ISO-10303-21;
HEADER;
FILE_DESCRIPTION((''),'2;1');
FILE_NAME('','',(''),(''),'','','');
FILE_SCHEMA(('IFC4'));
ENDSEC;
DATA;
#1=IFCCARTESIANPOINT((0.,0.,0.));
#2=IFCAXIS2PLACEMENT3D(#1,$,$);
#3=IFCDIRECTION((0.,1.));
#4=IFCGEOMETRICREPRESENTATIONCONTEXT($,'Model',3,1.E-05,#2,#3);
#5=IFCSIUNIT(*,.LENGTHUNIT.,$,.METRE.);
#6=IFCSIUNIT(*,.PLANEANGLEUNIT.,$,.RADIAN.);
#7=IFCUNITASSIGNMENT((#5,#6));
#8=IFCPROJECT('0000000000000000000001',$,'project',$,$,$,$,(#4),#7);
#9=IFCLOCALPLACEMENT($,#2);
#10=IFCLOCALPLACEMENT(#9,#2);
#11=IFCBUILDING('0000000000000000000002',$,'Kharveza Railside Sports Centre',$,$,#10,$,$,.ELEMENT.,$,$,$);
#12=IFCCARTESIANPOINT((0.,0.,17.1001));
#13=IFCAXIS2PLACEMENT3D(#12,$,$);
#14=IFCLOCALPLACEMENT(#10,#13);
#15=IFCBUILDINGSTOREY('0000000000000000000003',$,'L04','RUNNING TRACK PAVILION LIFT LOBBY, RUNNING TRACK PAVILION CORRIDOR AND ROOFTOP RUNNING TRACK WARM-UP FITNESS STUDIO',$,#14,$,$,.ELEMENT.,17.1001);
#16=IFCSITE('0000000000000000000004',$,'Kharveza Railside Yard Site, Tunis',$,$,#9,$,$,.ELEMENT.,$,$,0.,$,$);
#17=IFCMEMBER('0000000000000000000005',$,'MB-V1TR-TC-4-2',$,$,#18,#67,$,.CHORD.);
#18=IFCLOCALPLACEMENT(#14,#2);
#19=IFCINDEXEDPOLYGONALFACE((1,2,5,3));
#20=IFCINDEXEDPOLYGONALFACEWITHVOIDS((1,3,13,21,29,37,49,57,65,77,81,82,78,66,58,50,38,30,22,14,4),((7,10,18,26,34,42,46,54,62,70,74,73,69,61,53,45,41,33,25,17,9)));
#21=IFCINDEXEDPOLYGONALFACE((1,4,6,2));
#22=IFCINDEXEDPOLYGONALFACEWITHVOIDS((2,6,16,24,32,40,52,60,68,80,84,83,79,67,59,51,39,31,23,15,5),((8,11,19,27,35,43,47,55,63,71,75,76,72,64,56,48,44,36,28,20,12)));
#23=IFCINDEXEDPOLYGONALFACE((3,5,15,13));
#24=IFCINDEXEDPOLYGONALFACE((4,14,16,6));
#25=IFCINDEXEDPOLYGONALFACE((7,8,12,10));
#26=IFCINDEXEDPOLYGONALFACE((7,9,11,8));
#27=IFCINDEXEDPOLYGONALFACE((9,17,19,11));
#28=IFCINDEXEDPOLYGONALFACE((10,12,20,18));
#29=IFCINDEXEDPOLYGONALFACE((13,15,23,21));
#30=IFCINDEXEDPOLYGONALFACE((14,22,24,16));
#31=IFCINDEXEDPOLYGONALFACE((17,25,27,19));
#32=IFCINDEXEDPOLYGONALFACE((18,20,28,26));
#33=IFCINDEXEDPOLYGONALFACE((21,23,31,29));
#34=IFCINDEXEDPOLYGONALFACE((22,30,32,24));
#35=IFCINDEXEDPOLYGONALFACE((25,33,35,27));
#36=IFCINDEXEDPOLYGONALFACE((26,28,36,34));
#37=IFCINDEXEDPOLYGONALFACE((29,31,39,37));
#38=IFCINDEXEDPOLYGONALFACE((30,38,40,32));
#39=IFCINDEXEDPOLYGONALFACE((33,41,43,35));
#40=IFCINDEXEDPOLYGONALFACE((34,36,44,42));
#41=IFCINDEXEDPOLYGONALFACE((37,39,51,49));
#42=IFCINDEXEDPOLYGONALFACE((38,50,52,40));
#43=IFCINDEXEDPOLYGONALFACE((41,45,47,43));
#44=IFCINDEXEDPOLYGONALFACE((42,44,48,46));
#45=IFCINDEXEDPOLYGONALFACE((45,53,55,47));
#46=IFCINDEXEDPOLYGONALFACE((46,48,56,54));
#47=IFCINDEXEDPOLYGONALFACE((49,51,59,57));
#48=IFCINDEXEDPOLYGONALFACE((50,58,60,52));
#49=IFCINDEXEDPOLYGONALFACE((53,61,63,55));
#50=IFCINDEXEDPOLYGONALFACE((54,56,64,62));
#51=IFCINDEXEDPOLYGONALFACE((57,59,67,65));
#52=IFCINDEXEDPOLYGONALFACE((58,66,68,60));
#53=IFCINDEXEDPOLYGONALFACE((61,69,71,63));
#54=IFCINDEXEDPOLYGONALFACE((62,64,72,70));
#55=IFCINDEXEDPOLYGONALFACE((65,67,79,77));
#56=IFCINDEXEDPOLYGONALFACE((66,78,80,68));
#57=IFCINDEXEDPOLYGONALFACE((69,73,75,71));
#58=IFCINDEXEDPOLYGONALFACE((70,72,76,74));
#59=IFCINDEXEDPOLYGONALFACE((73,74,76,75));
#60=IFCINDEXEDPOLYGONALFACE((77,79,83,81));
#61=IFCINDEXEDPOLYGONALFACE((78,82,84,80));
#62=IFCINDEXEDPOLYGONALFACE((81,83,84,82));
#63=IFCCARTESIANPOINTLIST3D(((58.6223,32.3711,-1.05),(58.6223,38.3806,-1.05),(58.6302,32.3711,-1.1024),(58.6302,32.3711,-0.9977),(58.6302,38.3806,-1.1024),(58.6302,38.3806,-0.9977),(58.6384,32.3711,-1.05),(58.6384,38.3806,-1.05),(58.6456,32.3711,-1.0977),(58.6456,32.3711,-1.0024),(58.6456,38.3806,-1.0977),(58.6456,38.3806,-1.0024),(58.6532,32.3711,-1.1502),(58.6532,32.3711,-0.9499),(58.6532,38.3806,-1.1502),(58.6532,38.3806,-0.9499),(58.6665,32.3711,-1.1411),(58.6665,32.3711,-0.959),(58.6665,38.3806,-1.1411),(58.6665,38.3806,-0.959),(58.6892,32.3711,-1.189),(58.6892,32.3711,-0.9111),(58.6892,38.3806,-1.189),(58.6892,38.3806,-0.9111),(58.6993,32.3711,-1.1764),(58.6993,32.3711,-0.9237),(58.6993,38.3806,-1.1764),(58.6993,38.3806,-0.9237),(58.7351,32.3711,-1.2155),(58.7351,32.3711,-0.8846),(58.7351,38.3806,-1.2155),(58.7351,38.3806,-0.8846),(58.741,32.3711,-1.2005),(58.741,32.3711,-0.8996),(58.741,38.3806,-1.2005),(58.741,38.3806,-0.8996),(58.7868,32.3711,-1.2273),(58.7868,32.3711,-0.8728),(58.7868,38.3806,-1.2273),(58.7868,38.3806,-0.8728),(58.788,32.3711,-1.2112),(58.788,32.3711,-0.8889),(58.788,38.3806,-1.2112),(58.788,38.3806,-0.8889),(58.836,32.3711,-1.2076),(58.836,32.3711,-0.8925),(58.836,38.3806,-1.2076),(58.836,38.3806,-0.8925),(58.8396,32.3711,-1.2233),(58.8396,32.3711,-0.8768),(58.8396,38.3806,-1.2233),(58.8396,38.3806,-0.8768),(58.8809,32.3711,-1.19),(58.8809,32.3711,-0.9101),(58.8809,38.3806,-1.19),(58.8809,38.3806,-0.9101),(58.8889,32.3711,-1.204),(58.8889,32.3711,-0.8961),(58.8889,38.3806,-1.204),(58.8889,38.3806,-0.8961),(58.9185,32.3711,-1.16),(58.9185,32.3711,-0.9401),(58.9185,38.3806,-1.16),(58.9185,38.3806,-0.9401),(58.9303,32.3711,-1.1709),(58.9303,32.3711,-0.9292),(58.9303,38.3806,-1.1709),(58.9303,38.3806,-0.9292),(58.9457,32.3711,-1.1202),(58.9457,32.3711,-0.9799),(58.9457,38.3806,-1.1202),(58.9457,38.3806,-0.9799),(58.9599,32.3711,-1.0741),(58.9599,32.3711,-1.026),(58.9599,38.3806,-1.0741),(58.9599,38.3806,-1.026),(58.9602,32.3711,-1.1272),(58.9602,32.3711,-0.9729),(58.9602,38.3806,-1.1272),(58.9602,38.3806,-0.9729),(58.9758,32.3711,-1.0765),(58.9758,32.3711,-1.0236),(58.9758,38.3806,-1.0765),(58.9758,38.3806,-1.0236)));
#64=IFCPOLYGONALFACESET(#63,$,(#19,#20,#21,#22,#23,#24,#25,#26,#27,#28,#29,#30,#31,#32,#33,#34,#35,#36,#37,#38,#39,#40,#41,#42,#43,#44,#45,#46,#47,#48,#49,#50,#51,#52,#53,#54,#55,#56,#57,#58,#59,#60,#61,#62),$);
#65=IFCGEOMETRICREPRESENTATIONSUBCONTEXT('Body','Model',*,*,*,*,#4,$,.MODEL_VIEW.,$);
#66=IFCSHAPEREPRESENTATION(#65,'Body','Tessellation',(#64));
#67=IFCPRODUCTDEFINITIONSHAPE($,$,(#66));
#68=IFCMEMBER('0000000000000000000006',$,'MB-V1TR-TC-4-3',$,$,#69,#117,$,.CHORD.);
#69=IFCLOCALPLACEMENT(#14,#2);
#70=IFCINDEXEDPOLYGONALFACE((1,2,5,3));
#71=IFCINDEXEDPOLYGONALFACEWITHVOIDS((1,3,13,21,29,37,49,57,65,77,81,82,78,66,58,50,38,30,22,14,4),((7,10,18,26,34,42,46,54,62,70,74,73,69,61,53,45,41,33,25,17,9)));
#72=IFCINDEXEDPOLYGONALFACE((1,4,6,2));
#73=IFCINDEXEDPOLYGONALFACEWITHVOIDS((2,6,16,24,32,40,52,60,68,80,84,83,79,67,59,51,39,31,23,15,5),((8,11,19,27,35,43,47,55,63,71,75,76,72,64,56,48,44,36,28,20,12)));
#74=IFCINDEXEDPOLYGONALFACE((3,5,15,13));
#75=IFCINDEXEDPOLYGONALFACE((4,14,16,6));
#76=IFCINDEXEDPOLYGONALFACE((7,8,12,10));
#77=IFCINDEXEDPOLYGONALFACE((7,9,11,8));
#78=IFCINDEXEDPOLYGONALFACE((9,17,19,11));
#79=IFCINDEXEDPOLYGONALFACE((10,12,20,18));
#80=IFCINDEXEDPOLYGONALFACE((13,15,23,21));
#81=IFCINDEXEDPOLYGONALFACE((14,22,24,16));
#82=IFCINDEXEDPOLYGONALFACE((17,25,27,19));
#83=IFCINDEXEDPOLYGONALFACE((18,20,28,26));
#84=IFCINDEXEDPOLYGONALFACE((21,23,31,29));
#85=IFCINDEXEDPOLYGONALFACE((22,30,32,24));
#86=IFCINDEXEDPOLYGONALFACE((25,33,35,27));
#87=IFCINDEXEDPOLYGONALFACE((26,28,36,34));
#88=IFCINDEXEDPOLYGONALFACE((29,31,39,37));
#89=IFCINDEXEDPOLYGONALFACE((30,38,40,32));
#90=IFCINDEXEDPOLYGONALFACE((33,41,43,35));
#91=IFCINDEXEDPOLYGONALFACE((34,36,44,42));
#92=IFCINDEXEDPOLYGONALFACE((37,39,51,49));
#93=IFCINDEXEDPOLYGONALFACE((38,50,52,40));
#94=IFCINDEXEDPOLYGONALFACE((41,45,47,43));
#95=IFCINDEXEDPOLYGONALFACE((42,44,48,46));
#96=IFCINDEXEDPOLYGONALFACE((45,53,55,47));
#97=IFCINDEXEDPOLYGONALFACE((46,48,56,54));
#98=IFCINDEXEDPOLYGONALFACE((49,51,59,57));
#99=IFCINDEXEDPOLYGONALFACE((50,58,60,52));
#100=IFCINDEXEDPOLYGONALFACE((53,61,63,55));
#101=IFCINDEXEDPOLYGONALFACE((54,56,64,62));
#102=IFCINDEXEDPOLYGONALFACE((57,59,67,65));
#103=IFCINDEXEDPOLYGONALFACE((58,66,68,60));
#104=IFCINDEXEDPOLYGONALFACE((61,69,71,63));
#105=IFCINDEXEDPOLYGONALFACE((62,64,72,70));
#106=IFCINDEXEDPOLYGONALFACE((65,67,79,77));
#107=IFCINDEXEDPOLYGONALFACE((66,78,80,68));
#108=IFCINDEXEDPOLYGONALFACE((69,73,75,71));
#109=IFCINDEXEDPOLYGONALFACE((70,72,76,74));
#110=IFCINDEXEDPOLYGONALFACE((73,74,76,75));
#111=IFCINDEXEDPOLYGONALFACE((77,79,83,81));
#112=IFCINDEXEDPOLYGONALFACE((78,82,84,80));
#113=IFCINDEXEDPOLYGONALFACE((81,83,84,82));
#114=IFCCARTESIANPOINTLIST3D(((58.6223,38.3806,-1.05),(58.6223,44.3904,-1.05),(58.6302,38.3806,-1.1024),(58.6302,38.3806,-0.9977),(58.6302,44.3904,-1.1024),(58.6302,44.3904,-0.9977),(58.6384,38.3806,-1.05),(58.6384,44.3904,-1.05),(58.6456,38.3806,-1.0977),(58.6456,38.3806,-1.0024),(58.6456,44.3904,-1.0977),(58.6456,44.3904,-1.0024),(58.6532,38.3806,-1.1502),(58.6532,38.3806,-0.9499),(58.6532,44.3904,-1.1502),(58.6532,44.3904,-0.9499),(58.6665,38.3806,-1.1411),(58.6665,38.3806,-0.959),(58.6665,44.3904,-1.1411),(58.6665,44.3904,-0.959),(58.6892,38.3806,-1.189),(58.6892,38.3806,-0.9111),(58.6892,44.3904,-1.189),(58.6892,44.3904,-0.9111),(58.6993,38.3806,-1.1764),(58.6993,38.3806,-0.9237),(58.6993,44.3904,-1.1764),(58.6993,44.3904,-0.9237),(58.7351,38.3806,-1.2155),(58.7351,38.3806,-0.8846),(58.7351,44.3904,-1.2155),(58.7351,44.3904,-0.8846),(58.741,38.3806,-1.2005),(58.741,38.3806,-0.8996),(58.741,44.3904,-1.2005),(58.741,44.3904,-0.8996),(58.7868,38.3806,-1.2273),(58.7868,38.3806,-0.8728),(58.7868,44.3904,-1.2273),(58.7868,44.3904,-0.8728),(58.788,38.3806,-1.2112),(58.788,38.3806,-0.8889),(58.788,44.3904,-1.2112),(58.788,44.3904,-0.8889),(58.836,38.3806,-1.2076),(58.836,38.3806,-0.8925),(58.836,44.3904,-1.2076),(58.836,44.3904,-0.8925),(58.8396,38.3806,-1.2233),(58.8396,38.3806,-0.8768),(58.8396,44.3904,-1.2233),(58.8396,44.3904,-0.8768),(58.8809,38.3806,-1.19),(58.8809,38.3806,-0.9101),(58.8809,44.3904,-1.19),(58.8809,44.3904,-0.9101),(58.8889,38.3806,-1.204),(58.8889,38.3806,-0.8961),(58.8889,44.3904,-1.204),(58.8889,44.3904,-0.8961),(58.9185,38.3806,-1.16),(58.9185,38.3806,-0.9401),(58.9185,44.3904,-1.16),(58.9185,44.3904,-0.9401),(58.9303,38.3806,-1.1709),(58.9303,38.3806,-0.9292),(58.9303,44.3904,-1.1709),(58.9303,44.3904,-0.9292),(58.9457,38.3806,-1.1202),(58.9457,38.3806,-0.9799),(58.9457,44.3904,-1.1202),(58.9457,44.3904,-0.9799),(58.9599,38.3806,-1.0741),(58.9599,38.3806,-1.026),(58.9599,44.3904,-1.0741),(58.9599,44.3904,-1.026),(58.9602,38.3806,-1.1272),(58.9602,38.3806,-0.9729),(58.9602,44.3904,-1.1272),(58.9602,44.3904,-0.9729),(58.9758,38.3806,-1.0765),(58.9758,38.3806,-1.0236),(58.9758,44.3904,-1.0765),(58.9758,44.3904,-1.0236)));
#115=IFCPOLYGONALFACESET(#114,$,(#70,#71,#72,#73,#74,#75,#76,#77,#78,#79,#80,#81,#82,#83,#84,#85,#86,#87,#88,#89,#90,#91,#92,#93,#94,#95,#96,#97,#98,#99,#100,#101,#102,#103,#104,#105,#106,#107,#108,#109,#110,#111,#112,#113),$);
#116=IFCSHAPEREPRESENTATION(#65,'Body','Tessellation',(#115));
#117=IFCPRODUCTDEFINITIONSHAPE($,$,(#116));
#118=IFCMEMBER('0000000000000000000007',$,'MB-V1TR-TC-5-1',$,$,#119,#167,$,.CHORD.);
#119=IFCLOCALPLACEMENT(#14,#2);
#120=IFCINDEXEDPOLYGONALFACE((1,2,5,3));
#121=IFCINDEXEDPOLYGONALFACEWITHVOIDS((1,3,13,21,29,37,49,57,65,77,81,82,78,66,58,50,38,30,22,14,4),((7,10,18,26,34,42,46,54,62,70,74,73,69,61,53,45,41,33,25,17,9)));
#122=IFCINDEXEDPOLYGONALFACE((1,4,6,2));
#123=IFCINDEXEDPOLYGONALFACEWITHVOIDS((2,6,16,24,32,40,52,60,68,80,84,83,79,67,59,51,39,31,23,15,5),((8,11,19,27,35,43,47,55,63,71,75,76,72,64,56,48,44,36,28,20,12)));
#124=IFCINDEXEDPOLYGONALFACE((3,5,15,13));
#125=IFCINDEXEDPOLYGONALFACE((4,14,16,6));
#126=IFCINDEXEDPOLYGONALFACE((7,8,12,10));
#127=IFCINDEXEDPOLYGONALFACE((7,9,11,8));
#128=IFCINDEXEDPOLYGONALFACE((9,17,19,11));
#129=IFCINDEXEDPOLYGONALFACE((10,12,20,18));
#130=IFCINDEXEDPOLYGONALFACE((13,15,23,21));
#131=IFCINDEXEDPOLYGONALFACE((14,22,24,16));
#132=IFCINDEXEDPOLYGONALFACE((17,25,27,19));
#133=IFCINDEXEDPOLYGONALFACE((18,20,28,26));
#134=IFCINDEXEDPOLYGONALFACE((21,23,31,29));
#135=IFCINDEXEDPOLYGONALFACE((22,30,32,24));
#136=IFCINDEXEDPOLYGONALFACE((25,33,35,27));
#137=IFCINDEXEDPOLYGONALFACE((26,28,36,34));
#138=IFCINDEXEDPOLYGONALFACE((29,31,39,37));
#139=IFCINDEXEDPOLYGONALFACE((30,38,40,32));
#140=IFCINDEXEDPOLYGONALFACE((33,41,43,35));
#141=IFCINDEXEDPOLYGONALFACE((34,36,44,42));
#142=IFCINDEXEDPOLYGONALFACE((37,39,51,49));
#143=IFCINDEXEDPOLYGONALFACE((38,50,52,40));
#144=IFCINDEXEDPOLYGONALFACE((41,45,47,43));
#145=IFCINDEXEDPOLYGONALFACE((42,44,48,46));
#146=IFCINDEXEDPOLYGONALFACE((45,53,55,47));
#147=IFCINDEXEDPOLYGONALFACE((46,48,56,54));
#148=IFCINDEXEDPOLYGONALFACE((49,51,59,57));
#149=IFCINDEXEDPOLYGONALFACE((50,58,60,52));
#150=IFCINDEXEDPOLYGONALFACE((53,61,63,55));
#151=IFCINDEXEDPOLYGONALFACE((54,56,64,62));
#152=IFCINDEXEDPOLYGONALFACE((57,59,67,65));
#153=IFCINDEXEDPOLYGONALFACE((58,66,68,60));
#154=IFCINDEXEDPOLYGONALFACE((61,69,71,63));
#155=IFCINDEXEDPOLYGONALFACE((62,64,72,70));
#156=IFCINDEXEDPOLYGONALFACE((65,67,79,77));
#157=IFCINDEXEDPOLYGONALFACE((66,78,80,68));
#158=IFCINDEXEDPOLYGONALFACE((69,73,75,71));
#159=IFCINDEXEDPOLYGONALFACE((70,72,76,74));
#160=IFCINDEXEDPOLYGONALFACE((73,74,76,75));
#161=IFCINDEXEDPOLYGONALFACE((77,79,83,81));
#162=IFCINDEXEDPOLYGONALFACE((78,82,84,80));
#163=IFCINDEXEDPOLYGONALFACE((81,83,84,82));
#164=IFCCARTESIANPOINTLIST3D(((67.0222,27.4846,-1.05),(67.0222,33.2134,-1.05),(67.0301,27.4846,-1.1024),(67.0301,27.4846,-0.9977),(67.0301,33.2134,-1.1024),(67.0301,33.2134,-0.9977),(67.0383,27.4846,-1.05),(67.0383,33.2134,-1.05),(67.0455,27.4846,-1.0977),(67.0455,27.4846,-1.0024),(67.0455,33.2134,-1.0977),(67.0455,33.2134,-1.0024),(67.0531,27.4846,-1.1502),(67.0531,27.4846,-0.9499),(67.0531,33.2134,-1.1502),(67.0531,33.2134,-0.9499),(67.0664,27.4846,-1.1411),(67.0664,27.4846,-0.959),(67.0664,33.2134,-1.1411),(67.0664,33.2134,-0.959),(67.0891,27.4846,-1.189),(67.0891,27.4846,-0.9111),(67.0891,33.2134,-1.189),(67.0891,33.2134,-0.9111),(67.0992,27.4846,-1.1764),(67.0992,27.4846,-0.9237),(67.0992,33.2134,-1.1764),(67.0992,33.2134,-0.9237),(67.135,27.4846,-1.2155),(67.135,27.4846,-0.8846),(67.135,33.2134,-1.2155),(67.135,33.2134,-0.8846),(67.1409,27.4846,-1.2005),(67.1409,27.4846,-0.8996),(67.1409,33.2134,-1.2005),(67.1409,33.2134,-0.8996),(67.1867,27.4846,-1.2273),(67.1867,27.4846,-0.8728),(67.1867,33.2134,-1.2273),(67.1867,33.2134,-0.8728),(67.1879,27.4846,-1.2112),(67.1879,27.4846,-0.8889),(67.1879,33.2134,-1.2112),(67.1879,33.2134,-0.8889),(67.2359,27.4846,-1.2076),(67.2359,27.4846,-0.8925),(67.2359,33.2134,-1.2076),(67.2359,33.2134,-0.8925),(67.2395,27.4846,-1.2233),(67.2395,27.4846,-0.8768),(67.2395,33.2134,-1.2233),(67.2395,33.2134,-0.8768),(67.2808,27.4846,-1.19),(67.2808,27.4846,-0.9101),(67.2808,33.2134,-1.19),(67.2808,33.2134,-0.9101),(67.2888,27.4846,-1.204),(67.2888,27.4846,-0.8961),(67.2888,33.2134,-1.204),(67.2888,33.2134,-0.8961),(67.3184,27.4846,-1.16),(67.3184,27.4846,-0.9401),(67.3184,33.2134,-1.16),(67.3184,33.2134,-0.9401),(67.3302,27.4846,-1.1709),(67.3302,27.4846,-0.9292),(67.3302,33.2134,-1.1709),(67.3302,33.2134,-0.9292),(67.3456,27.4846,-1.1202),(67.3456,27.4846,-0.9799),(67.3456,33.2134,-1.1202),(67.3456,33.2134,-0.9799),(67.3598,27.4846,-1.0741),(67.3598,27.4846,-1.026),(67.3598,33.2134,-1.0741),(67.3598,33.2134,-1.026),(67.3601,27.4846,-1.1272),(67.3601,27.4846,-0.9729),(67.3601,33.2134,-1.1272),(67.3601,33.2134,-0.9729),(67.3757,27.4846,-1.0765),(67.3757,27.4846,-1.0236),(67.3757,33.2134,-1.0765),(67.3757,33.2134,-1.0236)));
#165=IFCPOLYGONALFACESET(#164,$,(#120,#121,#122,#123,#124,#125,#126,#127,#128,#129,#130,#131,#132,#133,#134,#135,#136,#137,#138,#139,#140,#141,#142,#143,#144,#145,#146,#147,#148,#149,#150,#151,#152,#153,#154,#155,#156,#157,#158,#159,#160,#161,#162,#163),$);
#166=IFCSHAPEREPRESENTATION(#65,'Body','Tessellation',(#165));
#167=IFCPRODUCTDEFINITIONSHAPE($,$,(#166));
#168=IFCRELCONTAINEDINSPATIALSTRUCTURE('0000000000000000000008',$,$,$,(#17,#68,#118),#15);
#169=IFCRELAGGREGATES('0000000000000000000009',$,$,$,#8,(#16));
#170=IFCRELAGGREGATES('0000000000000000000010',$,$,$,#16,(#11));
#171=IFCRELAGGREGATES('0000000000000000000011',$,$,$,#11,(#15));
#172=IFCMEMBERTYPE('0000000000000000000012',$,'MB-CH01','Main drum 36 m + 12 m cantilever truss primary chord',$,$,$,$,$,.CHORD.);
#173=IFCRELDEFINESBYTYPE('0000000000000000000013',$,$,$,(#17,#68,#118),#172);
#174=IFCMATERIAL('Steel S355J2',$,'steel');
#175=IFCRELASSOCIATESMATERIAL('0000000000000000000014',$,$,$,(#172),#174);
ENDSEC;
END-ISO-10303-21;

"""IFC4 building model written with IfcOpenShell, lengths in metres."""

from ifc_helpers import new_model, si_unit, direction, frame, origin, origin_2d, place, context, subcontext, project, spatial, hollow_circle, extrude, material, material_profile, profile_set, type_object, element, save


model = new_model("IFC4")

# Units and contexts
model_context = context("Model", 3, precision=1e-05, world=origin(), true_north=direction((0.0, 1.0)))
body_context = subcontext(model_context, "Body", "Model", "MODEL_VIEW")
ifc_project = project(units=[si_unit("LENGTHUNIT", "METRE"), si_unit("PLANEANGLEUNIT", "RADIAN")], contexts=[model_context])

# Site, building, storey
site_placement = place(None, origin())
site = spatial("IfcSite", under=ifc_project, at=site_placement, Name="Kharveza Railside Yard Site, Tunis", CompositionType="ELEMENT", RefElevation=0.0)
building_placement = place(site_placement, origin())
building = spatial("IfcBuilding", under=site, at=building_placement, Name="Kharveza Railside Sports Centre", CompositionType="ELEMENT")
storey_placement = place(building_placement, frame((0.0, 0.0, 17.1001)))
storey = spatial("IfcBuildingStorey", under=building, at=storey_placement, Name="L04", Description="RUNNING TRACK PAVILION LIFT LOBBY, RUNNING TRACK PAVILION CORRIDOR AND ROOFTOP RUNNING TRACK WARM-UP FITNESS STUDIO", CompositionType="ELEMENT", Elevation=17.1001)

# Members
ifc_material_1 = material(Name="Steel S355J2", Category="steel")
ifc_material_profile_1 = material_profile(ifc_material_1, hollow_circle(Radius=0.1777, WallThickness=0.0161, at=origin_2d()), Name="CHS 355.6x16.0")
ifc_profile_set_1 = profile_set([ifc_material_profile_1], Name="Steel S355J2")
member_type_1 = type_object("IfcMemberType", Name="MB-CH01", Description="Main drum 36 m + 12 m cantilever truss primary chord", PredefinedType="CHORD", material=ifc_profile_set_1)
for number, where, z_axis, x_axis, name in (
    (1, (58.8, 32.3711, -1.05), (0.0, 1.0, 0.0), (-1.0, 0.0, 0.0), "MB-V1TR-TC-4-2"),
):
    element("IfcMember", number, at=place(storey_placement, frame(where, z_axis=z_axis, x_axis=x_axis)), inside=storey, type_object=member_type_1, Name=name, PredefinedType="CHORD", context=body_context, shape_type="SweptSolid", body=[
        extrude(hollow_circle(Radius=0.1777, WallThickness=0.0161, at=origin_2d()), origin(), (0.0, 0.0, 1.0), 6.0095),
    ])
member_1_placement = place(storey_placement, frame((58.8, 38.3806, -1.05), z_axis=(0.0, 1.0, 0.0), x_axis=(-1.0, 0.0, 0.0)))
element("IfcMember", 2, at=member_1_placement, inside=storey, type_object=member_type_1, Name="MB-V1TR-TC-4-3", PredefinedType="CHORD", context=body_context, shape_type="SweptSolid", body=[
    extrude(hollow_circle(Radius=0.1777, WallThickness=0.0161, at=origin_2d()), origin(), (0.0, 0.0, 1.0), 6.0098),
])
member_2_placement = place(storey_placement, frame((67.2, 27.4846, -1.05), z_axis=(0.0, 1.0, 0.0), x_axis=(-1.0, 0.0, 0.0)))
element("IfcMember", 3, at=member_2_placement, inside=storey, type_object=member_type_1, Name="MB-V1TR-TC-5-1", PredefinedType="CHORD", context=body_context, shape_type="SweptSolid", body=[
    extrude(hollow_circle(Radius=0.1777, WallThickness=0.0161, at=origin_2d()), origin(), (0.0, 0.0, 1.0), 5.7288),
])

save(model, "model.ifc")
